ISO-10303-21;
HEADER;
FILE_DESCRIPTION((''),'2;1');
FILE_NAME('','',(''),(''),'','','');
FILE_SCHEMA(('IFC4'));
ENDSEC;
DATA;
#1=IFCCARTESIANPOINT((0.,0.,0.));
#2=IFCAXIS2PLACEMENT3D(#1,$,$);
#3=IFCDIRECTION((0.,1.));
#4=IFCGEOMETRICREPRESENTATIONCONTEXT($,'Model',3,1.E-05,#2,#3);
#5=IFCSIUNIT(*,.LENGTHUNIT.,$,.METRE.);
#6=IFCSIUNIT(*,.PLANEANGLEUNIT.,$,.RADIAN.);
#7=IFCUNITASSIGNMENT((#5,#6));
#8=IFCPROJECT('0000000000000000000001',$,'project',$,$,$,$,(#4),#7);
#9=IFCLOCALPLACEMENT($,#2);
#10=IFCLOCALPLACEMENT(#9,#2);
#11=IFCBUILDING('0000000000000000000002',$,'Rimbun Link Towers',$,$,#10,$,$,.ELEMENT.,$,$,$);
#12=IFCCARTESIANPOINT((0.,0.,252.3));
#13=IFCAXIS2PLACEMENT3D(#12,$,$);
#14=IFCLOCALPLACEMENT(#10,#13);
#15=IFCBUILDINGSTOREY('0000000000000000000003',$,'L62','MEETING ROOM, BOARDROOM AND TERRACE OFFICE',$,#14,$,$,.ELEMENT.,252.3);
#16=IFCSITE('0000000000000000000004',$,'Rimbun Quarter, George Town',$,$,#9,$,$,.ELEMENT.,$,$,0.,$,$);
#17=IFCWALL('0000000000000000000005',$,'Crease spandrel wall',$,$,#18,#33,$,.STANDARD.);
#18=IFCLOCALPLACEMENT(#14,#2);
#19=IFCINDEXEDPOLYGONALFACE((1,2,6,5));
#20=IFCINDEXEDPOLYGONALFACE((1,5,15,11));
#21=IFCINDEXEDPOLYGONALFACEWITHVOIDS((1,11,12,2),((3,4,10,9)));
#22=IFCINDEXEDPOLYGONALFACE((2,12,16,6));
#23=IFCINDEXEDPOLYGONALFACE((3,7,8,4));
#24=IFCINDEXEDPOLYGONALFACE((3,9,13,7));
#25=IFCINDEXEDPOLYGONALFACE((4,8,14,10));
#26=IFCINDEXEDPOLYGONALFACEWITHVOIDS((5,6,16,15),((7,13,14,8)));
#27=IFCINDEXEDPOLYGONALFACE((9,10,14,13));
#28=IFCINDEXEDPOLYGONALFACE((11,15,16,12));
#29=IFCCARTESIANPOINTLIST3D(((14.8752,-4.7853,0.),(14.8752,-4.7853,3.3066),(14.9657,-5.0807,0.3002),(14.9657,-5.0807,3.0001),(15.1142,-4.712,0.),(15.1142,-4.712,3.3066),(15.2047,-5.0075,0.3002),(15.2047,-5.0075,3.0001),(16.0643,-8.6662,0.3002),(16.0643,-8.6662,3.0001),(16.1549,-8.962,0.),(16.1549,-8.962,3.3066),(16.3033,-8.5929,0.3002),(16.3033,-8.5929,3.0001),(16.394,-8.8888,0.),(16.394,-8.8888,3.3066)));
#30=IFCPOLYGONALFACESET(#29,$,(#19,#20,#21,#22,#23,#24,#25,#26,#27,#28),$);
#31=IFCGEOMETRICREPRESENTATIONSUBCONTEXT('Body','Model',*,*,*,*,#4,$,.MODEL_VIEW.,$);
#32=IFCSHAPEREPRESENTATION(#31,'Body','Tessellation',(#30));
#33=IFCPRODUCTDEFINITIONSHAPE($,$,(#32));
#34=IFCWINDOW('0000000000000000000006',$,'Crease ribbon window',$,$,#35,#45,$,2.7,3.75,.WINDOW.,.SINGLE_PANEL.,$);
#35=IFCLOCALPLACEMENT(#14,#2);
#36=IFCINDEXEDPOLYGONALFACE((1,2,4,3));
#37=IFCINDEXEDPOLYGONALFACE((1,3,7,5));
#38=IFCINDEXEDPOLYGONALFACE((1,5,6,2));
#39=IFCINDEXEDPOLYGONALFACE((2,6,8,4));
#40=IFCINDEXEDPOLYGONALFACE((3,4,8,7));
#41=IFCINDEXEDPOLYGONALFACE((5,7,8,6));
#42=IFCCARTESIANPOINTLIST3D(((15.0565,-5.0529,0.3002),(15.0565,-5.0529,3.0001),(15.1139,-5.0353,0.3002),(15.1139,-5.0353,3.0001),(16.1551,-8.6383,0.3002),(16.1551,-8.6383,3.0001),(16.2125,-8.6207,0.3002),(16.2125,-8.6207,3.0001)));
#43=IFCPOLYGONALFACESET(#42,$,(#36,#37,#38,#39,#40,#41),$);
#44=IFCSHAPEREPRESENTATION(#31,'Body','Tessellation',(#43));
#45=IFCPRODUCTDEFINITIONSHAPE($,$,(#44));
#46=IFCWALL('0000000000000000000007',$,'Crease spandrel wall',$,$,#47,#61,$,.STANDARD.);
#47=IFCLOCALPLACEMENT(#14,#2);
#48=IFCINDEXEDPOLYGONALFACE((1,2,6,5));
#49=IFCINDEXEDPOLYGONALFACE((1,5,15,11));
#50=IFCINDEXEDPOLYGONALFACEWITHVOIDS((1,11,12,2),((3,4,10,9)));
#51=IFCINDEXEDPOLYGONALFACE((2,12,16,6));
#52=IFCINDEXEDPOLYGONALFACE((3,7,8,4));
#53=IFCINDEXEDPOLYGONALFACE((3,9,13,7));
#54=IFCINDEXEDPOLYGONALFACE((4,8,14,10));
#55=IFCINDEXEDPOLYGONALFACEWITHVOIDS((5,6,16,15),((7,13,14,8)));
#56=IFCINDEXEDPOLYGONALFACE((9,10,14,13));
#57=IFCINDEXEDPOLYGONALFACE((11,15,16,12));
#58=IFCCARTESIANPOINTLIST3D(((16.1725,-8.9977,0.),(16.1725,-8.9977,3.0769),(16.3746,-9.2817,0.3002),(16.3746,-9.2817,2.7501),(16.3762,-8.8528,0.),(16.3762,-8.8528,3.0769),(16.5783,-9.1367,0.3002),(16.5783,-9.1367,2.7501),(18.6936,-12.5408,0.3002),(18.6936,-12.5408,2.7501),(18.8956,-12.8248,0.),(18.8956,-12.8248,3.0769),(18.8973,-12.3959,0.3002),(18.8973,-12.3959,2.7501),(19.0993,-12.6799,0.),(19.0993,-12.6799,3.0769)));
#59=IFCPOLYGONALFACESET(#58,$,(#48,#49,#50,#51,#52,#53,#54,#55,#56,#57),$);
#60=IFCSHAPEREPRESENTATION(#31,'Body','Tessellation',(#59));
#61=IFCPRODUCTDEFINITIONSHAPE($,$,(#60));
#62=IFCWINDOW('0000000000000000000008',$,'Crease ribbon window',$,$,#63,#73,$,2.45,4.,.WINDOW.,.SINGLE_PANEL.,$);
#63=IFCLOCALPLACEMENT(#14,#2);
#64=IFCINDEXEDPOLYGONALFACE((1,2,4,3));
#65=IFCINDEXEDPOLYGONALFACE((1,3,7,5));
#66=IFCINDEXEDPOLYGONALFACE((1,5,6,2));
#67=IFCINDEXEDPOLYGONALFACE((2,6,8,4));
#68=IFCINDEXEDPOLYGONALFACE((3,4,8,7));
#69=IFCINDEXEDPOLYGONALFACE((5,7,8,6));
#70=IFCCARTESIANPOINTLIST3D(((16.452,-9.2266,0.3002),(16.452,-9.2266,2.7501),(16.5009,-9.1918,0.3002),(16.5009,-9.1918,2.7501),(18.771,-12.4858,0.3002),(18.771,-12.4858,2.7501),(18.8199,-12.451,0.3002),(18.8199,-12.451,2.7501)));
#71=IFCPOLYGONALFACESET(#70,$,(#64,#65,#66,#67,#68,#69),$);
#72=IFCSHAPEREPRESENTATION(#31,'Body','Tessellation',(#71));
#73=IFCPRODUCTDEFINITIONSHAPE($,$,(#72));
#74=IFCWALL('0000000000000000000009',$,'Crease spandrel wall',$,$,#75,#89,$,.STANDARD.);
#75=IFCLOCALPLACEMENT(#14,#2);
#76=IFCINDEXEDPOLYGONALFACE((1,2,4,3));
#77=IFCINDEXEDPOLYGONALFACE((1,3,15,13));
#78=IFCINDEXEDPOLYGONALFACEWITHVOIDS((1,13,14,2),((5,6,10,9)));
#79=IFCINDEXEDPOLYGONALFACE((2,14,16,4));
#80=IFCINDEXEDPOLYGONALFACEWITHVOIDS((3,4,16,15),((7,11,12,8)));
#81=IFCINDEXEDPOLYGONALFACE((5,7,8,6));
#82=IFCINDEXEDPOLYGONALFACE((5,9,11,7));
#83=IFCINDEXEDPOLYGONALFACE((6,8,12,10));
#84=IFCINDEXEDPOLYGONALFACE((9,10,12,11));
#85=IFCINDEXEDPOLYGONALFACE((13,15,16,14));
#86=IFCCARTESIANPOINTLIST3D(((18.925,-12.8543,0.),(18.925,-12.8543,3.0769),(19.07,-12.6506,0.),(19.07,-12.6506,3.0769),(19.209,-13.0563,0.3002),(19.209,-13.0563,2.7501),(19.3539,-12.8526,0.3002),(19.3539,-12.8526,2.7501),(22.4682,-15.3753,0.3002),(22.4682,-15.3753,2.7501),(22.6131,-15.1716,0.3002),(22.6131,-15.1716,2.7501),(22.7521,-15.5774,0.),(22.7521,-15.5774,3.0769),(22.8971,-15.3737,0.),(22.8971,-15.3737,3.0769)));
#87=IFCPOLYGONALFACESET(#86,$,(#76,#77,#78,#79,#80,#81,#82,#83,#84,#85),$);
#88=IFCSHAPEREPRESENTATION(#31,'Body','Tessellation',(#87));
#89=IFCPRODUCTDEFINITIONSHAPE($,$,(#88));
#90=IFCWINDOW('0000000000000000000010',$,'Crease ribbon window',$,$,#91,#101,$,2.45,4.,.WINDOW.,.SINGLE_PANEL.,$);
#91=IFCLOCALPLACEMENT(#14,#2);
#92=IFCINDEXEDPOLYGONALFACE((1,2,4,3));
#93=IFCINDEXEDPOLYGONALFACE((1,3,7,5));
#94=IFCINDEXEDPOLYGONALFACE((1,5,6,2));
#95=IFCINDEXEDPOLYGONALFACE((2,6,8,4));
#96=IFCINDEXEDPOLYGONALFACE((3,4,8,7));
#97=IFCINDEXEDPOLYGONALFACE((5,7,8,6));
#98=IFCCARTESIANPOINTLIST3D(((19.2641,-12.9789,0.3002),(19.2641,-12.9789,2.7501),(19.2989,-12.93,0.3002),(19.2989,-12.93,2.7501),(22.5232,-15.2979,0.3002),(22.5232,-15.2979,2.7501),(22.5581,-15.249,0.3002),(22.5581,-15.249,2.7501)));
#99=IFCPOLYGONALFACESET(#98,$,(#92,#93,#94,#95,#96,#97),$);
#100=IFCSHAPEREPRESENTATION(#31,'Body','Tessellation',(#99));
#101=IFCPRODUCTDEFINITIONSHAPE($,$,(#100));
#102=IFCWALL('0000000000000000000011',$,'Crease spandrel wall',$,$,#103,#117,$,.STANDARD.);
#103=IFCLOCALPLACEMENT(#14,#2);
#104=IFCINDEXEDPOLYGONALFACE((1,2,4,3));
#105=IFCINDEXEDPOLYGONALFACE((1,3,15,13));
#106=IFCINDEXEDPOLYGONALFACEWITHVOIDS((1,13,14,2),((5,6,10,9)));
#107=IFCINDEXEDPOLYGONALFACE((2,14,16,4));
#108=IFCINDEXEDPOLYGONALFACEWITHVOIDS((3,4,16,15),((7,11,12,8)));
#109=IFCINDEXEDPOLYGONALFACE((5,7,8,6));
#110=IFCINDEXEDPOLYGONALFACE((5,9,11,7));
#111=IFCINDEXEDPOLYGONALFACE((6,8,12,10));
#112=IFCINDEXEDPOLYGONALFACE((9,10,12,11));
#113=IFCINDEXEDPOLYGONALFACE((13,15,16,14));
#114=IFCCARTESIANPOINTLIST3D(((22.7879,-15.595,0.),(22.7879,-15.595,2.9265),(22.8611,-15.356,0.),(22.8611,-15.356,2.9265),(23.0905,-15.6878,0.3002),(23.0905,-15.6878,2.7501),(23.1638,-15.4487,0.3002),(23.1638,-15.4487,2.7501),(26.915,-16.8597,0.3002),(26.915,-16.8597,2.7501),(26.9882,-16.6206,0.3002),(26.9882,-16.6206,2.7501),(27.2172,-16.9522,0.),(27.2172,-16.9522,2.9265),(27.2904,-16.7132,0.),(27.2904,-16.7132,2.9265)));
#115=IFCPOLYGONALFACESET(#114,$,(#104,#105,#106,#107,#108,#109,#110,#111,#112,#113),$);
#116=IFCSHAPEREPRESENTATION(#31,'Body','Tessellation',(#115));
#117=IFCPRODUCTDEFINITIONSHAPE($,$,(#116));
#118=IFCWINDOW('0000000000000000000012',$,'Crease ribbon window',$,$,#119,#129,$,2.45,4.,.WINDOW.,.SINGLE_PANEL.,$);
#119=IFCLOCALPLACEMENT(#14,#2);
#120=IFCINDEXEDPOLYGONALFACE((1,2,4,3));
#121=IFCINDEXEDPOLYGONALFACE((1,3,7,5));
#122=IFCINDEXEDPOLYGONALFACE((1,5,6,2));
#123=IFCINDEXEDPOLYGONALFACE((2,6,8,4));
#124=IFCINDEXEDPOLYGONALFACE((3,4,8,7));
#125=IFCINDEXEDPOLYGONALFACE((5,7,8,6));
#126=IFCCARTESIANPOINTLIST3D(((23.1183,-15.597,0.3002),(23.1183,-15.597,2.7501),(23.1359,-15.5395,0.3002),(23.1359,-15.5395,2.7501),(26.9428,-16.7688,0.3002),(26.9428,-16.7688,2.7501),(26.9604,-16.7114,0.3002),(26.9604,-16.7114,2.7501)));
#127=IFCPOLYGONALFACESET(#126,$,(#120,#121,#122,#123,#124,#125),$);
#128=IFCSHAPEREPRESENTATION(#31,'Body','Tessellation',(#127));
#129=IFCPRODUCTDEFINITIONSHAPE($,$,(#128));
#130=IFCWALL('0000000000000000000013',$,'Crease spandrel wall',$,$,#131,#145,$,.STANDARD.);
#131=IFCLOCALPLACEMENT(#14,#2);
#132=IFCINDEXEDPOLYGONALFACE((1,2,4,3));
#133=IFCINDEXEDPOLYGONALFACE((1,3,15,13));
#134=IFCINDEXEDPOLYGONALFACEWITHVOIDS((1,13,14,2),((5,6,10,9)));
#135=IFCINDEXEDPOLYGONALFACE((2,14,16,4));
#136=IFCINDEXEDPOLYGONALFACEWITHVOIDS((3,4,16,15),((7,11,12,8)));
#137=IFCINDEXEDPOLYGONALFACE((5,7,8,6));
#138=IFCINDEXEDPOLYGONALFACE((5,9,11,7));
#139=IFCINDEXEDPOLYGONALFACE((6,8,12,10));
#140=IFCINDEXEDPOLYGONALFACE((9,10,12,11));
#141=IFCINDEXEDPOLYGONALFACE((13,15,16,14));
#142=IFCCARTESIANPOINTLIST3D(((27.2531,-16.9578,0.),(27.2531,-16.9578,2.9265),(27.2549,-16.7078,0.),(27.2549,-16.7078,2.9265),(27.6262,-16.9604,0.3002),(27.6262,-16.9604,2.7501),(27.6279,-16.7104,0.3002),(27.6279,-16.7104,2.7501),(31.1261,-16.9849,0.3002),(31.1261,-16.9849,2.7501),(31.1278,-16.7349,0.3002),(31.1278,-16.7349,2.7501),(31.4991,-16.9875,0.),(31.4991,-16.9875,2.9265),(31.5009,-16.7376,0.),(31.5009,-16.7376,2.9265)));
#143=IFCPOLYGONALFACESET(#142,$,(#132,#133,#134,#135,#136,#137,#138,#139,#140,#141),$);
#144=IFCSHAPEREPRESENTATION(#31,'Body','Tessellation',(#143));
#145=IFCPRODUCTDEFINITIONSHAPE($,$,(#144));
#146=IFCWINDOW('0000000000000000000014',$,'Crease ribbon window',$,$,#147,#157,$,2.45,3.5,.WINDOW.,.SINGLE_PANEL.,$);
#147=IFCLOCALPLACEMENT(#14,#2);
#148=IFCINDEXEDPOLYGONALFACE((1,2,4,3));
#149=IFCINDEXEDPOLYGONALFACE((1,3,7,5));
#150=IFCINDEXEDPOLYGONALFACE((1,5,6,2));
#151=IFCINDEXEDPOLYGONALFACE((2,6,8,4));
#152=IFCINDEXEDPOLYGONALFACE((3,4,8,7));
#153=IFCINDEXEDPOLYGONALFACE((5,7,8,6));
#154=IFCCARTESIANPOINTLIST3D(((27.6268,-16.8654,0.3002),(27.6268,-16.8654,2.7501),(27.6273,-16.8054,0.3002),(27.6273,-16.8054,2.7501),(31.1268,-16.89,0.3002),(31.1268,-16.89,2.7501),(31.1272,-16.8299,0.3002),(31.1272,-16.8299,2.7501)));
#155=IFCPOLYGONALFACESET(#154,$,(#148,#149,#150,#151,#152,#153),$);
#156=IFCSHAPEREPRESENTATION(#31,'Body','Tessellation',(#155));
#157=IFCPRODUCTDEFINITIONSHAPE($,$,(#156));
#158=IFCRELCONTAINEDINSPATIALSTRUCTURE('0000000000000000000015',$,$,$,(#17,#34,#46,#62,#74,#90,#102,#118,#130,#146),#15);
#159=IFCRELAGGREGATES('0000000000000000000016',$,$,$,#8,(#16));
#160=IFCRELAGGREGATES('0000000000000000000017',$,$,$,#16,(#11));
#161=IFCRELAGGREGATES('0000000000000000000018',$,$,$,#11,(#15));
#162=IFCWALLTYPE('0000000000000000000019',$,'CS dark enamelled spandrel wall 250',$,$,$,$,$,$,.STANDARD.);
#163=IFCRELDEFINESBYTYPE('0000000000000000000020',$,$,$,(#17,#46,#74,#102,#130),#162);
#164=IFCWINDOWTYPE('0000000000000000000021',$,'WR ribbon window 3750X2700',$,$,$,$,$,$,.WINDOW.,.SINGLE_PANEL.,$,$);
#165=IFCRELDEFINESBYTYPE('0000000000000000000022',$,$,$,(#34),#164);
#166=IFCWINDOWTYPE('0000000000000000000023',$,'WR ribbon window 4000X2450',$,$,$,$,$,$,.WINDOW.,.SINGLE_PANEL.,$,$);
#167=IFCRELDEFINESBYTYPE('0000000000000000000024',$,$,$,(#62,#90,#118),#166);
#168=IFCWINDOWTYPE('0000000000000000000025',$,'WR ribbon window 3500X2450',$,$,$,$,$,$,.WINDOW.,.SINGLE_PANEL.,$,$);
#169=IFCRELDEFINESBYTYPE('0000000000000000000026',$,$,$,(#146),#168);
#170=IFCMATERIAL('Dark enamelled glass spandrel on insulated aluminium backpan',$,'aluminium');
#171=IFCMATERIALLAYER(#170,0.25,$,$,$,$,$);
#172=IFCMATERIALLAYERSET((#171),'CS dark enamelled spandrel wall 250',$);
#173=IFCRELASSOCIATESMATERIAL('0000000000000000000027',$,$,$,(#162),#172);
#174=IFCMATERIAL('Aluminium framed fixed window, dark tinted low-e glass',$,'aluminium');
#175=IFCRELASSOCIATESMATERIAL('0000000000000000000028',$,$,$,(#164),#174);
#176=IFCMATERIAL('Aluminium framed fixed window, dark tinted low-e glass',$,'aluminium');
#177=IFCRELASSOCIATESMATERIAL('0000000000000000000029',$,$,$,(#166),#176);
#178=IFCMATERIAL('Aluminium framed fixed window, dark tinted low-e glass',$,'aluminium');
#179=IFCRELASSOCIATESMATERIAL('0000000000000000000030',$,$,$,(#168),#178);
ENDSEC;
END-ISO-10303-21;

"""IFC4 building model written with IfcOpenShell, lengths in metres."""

from ifc_helpers import new_model, si_unit, direction, frame, frame_2d, origin, place, context, subcontext, project, spatial, rectangle, extrude, material, layer, layer_set, type_object, element, fill, save


model = new_model("IFC4")

# Units and contexts
model_context = context("Model", 3, precision=1e-05, world=origin(), true_north=direction((0.0, 1.0)))
body_context = subcontext(model_context, "Body", "Model", "MODEL_VIEW")
ifc_project = project(units=[si_unit("LENGTHUNIT", "METRE"), si_unit("PLANEANGLEUNIT", "RADIAN")], contexts=[model_context])

# Site, building, storey
site_placement = place(None, origin())
site = spatial("IfcSite", under=ifc_project, at=site_placement, Name="Rimbun Quarter, George Town", CompositionType="ELEMENT", RefElevation=0.0)
building_placement = place(site_placement, origin())
building = spatial("IfcBuilding", under=site, at=building_placement, Name="Rimbun Link Towers", CompositionType="ELEMENT")
storey_placement = place(building_placement, frame((0.0, 0.0, 252.3)))
storey = spatial("IfcBuildingStorey", under=building, at=storey_placement, Name="L62", Description="MEETING ROOM, BOARDROOM AND TERRACE OFFICE", CompositionType="ELEMENT", Elevation=252.3)

# Walls, openings, windows
ifc_material_1 = material(Name="Dark enamelled glass spandrel on insulated aluminium backpan", Category="aluminium")
ifc_layer_1 = layer(ifc_material_1, 0.25)
ifc_layer_set_1 = layer_set([ifc_layer_1], Name="CS dark enamelled spandrel wall 250")
wall_type_1 = type_object("IfcWallType", Name="CS dark enamelled spandrel wall 250", PredefinedType="STANDARD", material=ifc_layer_set_1)
wall_1_placement = place(storey_placement, frame((16.2744, -8.9253, 0.0), z_axis=(0.0, 0.0, 1.0), x_axis=(-0.292962, 0.956124, 0.0)))
wall_1 = element("IfcWall", 1, at=wall_1_placement, inside=storey, type_object=wall_type_1, Name="Crease spandrel wall", PredefinedType="STANDARD", context=body_context, shape_type="SweptSolid", body=[
    extrude(rectangle(XDim=4.3684, YDim=0.25, at=frame_2d((2.1841, 0.0))), origin(), (0.0, 0.0, 1.0), 3.3066),
])
opening_1_placement = place(wall_1_placement, frame((0.3093, 0.0, 0.3)))
opening_1 = element("IfcOpeningElement", 2, at=opening_1_placement, cuts=wall_1, PredefinedType="OPENING", context=body_context, shape_type="SweptSolid", body=[
    extrude(rectangle(XDim=3.75, YDim=2.7, at=frame_2d((1.875, 1.3501))), frame((0.0, 0.135, 0.0), z_axis=(0.0, -1.0, 0.0), x_axis=(1.0, 0.0, 0.0)), (0.0, 0.0, 1.0), 0.27),
])
ifc_material_2 = material(Name="Aluminium framed fixed window, dark tinted low-e glass", Category="aluminium")
window_type_1 = type_object("IfcWindowType", Name="WR ribbon window 3750X2700", PartitioningType="SINGLE_PANEL", PredefinedType="WINDOW", material=ifc_material_2)
window_1_placement = place(opening_1_placement, origin())
window_1 = element("IfcWindow", 3, at=window_1_placement, inside=storey, type_object=window_type_1, Name="Crease ribbon window", OverallHeight=2.7, OverallWidth=3.75, PartitioningType="SINGLE_PANEL", PredefinedType="WINDOW", context=body_context, shape_type="SweptSolid", body=[
    extrude(rectangle(XDim=3.75, YDim=2.7, at=frame_2d((1.875, 1.3501))), frame((0.0, 0.03, 0.0), z_axis=(0.0, -1.0, 0.0), x_axis=(1.0, 0.0, 0.0)), (0.0, 0.0, 1.0), 0.0601),
])
fill(opening_1, window_1)
wall_2_placement = place(storey_placement, frame((18.9976, -12.7524, 0.0), z_axis=(0.0, 0.0, 1.0), x_axis=(-0.579752, 0.814793, 0.0)))
wall_2 = element("IfcWall", 4, at=wall_2_placement, inside=storey, type_object=wall_type_1, Name="Crease spandrel wall", PredefinedType="STANDARD", context=body_context, shape_type="SweptSolid", body=[
    extrude(rectangle(XDim=4.697, YDim=0.25, at=frame_2d((2.3486, 0.0))), origin(), (0.0, 0.0, 1.0), 3.0769),
])
opening_2_placement = place(wall_2_placement, frame((0.3486, 0.0, 0.3)))
opening_2 = element("IfcOpeningElement", 5, at=opening_2_placement, cuts=wall_2, PredefinedType="OPENING", context=body_context, shape_type="SweptSolid", body=[
    extrude(rectangle(XDim=4.0, YDim=2.45, at=frame_2d((2.0, 1.2251))), frame((0.0, 0.135, 0.0), z_axis=(0.0, -1.0, 0.0), x_axis=(1.0, 0.0, 0.0)), (0.0, 0.0, 1.0), 0.27),
])
ifc_material_3 = material(Name="Aluminium framed fixed window, dark tinted low-e glass", Category="aluminium")
window_type_2 = type_object("IfcWindowType", Name="WR ribbon window 4000X2450", PartitioningType="SINGLE_PANEL", PredefinedType="WINDOW", material=ifc_material_3)
window_2_placement = place(opening_2_placement, origin())
window_2 = element("IfcWindow", 6, at=window_2_placement, inside=storey, type_object=window_type_2, Name="Crease ribbon window", OverallHeight=2.45, OverallWidth=4.0, PartitioningType="SINGLE_PANEL", PredefinedType="WINDOW", context=body_context, shape_type="SweptSolid", body=[
    extrude(rectangle(XDim=4.0, YDim=2.45, at=frame_2d((2.0, 1.2251))), frame((0.0, 0.03, 0.0), z_axis=(0.0, -1.0, 0.0), x_axis=(1.0, 0.0, 0.0)), (0.0, 0.0, 1.0), 0.0601),
])
fill(opening_2, window_2)
wall_3_placement = place(storey_placement, frame((22.8247, -15.4756, 0.0), z_axis=(0.0, 0.0, 1.0), x_axis=(-0.814793, 0.579752, 0.0)))
wall_3 = element("IfcWall", 7, at=wall_3_placement, inside=storey, type_object=wall_type_1, Name="Crease spandrel wall", PredefinedType="STANDARD", context=body_context, shape_type="SweptSolid", body=[
    extrude(rectangle(XDim=4.697, YDim=0.25, at=frame_2d((2.3486, 0.0))), origin(), (0.0, 0.0, 1.0), 3.0769),
])
opening_3_placement = place(wall_3_placement, frame((0.3486, 0.0, 0.3)))
opening_3 = element("IfcOpeningElement", 8, at=opening_3_placement, cuts=wall_3, PredefinedType="OPENING", context=body_context, shape_type="SweptSolid", body=[
    extrude(rectangle(XDim=4.0, YDim=2.45, at=frame_2d((2.0, 1.2251))), frame((0.0, 0.135, 0.0), z_axis=(0.0, -1.0, 0.0), x_axis=(1.0, 0.0, 0.0)), (0.0, 0.0, 1.0), 0.27),
])
window_3_placement = place(opening_3_placement, origin())
window_3 = element("IfcWindow", 9, at=window_3_placement, inside=storey, type_object=window_type_2, Name="Crease ribbon window", OverallHeight=2.45, OverallWidth=4.0, PartitioningType="SINGLE_PANEL", PredefinedType="WINDOW", context=body_context, shape_type="SweptSolid", body=[
    extrude(rectangle(XDim=4.0, YDim=2.45, at=frame_2d((2.0, 1.2251))), frame((0.0, 0.03, 0.0), z_axis=(0.0, -1.0, 0.0), x_axis=(1.0, 0.0, 0.0)), (0.0, 0.0, 1.0), 0.0601),
])
fill(opening_3, window_3)
wall_4_placement = place(storey_placement, frame((27.2539, -16.8328, 0.0), z_axis=(0.0, 0.0, 1.0), x_axis=(-0.956121, 0.292971, 0.0)))
wall_4 = element("IfcWall", 10, at=wall_4_placement, inside=storey, type_object=wall_type_1, Name="Crease spandrel wall", PredefinedType="STANDARD", context=body_context, shape_type="SweptSolid", body=[
    extrude(rectangle(XDim=4.6326, YDim=0.25, at=frame_2d((2.3164, 0.0))), origin(), (0.0, 0.0, 1.0), 2.9265),
])
opening_4_placement = place(wall_4_placement, frame((0.3162, 0.0, 0.3)))
opening_4 = element("IfcOpeningElement", 11, at=opening_4_placement, cuts=wall_4, PredefinedType="OPENING", context=body_context, shape_type="SweptSolid", body=[
    extrude(rectangle(XDim=4.0, YDim=2.45, at=frame_2d((2.0, 1.2251))), frame((0.0, 0.135, 0.0), z_axis=(0.0, -1.0, 0.0), x_axis=(1.0, 0.0, 0.0)), (0.0, 0.0, 1.0), 0.27),
])
window_4_placement = place(opening_4_placement, origin())
window_4 = element("IfcWindow", 12, at=window_4_placement, inside=storey, type_object=window_type_2, Name="Crease ribbon window", OverallHeight=2.45, OverallWidth=4.0, PartitioningType="SINGLE_PANEL", PredefinedType="WINDOW", context=body_context, shape_type="SweptSolid", body=[
    extrude(rectangle(XDim=4.0, YDim=2.45, at=frame_2d((2.0, 1.2251))), frame((0.0, 0.03, 0.0), z_axis=(0.0, -1.0, 0.0), x_axis=(1.0, 0.0, 0.0)), (0.0, 0.0, 1.0), 0.0601),
])
fill(opening_4, window_4)
wall_5_placement = place(storey_placement, frame((31.5, -16.8625, 0.0), z_axis=(0.0, 0.0, 1.0), x_axis=(-0.999975, 0.007015, 0.0)))
wall_5 = element("IfcWall", 13, at=wall_5_placement, inside=storey, type_object=wall_type_1, Name="Crease spandrel wall", PredefinedType="STANDARD", context=body_context, shape_type="SweptSolid", body=[
    extrude(rectangle(XDim=4.2461, YDim=0.25, at=frame_2d((2.123, 0.0))), origin(), (0.0, 0.0, 1.0), 2.9265),
])
opening_5_placement = place(wall_5_placement, frame((0.373, 0.0, 0.3)))
opening_5 = element("IfcOpeningElement", 14, at=opening_5_placement, cuts=wall_5, PredefinedType="OPENING", context=body_context, shape_type="SweptSolid", body=[
    extrude(rectangle(XDim=3.5, YDim=2.45, at=frame_2d((1.75, 1.2251))), frame((0.0, 0.135, 0.0), z_axis=(0.0, -1.0, 0.0), x_axis=(1.0, 0.0, 0.0)), (0.0, 0.0, 1.0), 0.27),
])
ifc_material_4 = material(Name="Aluminium framed fixed window, dark tinted low-e glass", Category="aluminium")
window_type_3 = type_object("IfcWindowType", Name="WR ribbon window 3500X2450", PartitioningType="SINGLE_PANEL", PredefinedType="WINDOW", material=ifc_material_4)
window_5_placement = place(opening_5_placement, origin())
window_5 = element("IfcWindow", 15, at=window_5_placement, inside=storey, type_object=window_type_3, Name="Crease ribbon window", OverallHeight=2.45, OverallWidth=3.5, PartitioningType="SINGLE_PANEL", PredefinedType="WINDOW", context=body_context, shape_type="SweptSolid", body=[
    extrude(rectangle(XDim=3.5, YDim=2.45, at=frame_2d((1.75, 1.2251))), frame((0.0, 0.03, 0.0), z_axis=(0.0, -1.0, 0.0), x_axis=(1.0, 0.0, 0.0)), (0.0, 0.0, 1.0), 0.0601),
])
fill(opening_5, window_5)

save(model, "model.ifc")
